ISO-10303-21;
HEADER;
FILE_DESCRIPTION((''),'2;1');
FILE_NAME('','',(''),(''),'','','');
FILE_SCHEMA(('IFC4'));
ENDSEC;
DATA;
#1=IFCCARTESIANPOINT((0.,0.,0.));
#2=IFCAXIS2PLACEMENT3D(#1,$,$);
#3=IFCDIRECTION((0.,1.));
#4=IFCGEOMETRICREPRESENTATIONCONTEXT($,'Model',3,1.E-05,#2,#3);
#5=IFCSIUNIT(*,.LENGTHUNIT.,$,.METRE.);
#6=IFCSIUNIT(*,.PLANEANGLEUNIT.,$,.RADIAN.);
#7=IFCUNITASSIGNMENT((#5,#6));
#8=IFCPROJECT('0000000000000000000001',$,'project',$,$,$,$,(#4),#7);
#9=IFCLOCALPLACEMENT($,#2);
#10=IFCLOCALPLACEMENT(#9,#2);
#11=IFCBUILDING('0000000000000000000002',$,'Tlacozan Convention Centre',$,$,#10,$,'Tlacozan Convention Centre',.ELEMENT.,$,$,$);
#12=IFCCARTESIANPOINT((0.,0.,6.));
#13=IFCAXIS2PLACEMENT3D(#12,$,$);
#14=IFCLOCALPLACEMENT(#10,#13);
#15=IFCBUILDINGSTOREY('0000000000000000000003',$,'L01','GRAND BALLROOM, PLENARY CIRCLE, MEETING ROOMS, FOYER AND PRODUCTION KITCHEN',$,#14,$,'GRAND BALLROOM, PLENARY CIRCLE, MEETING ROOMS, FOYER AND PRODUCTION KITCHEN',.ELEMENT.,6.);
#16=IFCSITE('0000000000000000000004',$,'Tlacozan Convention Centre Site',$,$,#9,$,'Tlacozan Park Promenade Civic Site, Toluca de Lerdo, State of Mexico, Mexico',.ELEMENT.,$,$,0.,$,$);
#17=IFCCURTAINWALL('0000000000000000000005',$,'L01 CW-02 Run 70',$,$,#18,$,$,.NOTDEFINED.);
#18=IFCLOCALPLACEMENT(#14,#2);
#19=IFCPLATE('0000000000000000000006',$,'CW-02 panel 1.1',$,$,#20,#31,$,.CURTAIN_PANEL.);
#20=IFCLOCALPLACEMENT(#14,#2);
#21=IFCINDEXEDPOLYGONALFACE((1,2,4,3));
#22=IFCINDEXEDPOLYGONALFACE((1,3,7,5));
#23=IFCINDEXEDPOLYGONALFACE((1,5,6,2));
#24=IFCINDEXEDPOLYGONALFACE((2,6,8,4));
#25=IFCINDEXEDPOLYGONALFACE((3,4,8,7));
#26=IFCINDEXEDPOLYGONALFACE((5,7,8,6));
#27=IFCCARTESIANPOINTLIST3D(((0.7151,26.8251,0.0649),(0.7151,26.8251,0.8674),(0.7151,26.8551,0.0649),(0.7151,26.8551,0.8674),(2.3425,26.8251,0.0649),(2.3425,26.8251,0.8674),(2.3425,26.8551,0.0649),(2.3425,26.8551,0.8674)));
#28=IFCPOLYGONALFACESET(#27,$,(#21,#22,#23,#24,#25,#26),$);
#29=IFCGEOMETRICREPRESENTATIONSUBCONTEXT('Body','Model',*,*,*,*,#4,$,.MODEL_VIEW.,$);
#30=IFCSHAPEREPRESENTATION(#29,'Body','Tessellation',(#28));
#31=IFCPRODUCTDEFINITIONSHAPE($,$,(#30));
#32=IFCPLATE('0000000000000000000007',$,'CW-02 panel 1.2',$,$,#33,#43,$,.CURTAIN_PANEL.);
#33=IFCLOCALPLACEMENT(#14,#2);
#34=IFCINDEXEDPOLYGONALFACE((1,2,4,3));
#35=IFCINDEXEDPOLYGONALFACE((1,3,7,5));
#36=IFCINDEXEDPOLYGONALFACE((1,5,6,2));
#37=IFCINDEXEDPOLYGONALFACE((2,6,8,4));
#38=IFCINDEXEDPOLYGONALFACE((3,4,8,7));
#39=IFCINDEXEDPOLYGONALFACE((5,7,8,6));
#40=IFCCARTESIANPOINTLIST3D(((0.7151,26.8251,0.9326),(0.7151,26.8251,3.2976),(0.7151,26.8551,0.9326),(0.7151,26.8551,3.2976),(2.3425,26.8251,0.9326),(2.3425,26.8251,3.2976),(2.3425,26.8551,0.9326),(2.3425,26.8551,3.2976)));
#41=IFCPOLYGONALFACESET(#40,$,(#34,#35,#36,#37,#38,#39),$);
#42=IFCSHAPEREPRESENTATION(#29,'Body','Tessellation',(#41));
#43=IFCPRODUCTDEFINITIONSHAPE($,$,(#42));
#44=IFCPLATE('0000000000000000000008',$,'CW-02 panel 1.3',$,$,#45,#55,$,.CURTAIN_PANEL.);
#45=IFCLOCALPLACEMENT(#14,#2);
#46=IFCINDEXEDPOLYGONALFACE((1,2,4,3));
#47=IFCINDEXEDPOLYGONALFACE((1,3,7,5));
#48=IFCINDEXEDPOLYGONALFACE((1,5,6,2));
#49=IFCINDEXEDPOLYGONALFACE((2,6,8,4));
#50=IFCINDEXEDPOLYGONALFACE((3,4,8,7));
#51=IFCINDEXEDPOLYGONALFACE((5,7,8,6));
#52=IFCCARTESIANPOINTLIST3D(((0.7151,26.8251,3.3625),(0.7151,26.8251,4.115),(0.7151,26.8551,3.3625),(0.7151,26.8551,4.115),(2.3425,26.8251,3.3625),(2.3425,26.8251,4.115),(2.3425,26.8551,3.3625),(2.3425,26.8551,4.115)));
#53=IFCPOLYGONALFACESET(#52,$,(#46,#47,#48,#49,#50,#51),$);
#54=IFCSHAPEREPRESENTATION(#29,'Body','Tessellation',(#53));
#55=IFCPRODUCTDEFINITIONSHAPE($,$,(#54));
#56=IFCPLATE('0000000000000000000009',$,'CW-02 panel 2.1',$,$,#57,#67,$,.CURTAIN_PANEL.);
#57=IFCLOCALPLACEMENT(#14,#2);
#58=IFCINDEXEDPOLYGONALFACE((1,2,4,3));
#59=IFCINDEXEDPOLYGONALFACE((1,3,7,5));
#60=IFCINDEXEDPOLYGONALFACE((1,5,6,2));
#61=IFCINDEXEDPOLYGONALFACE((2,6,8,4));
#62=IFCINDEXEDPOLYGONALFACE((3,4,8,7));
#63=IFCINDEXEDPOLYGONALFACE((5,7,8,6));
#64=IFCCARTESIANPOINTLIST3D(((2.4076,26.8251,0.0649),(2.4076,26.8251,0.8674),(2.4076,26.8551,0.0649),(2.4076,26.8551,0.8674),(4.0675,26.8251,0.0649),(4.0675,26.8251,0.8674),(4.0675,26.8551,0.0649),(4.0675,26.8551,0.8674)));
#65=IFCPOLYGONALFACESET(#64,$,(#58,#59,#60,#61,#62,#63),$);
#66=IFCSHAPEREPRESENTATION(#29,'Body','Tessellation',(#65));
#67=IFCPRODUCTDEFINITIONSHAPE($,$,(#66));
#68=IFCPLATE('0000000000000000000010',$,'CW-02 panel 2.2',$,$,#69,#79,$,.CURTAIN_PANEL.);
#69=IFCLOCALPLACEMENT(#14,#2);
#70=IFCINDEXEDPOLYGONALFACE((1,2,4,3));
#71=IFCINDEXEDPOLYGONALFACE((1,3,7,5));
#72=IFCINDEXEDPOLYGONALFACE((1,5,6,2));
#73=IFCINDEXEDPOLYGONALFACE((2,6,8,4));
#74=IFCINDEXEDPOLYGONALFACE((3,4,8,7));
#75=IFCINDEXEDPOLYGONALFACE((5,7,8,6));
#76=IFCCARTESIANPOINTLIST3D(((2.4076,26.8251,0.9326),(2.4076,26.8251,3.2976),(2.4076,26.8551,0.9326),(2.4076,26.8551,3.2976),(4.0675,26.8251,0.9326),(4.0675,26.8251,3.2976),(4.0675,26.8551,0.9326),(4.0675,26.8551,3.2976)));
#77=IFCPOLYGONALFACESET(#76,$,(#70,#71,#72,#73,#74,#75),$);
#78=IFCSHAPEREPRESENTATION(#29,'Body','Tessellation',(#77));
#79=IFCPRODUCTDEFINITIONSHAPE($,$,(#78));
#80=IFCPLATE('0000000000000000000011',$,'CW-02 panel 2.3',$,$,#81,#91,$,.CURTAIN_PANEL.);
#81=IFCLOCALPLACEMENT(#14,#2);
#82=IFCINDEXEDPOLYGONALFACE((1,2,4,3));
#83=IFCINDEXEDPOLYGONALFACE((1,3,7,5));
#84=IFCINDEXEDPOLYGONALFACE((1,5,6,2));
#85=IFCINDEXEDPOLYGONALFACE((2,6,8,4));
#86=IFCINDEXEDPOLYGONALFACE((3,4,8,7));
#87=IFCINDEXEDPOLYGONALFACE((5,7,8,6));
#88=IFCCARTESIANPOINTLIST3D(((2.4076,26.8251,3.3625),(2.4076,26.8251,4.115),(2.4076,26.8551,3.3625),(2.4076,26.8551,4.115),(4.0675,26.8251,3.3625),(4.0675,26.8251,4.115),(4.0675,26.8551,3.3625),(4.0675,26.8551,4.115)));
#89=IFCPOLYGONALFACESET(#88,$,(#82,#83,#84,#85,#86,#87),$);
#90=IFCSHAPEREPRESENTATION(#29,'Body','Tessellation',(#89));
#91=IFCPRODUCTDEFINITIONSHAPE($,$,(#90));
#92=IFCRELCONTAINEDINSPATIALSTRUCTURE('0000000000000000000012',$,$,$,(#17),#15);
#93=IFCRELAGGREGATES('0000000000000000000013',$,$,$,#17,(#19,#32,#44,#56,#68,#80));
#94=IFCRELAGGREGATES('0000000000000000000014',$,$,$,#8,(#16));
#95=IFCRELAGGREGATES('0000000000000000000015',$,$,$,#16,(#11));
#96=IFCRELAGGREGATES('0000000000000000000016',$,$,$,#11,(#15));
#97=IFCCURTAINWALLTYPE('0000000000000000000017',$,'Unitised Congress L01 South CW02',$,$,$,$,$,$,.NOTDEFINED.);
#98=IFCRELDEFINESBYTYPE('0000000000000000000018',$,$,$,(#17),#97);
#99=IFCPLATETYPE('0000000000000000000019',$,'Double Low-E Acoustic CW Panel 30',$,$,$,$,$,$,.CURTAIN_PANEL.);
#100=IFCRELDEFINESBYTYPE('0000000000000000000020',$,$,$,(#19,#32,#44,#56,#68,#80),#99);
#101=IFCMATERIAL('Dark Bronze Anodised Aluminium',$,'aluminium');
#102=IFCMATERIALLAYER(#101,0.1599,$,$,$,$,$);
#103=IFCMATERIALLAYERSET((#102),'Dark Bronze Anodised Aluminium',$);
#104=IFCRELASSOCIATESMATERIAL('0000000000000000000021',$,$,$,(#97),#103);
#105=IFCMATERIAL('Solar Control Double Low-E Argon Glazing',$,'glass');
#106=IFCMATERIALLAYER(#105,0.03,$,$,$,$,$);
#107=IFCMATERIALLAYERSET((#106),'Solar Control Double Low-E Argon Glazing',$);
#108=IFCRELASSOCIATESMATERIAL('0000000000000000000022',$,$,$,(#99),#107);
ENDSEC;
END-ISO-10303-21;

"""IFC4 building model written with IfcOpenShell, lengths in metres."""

from ifc_helpers import new_model, si_unit, direction, frame, origin, origin_2d, place, context, subcontext, project, spatial, rectangle, extrude, material, layer, layer_set, type_object, element, aggregate, save


model = new_model("IFC4")

# Units and contexts
model_context = context("Model", 3, precision=1e-05, world=origin(), true_north=direction((0.0, 1.0)))
body_context = subcontext(model_context, "Body", "Model", "MODEL_VIEW")
ifc_project = project(units=[si_unit("LENGTHUNIT", "METRE"), si_unit("PLANEANGLEUNIT", "RADIAN")], contexts=[model_context])

# Site, building, storey
site_placement = place(None, origin())
site = spatial("IfcSite", under=ifc_project, at=site_placement, Name="Tlacozan Convention Centre Site", LongName="Tlacozan Park Promenade Civic Site, Toluca de Lerdo, State of Mexico, Mexico", CompositionType="ELEMENT", RefElevation=0.0)
building_placement = place(site_placement, origin())
building = spatial("IfcBuilding", under=site, at=building_placement, Name="Tlacozan Convention Centre", LongName="Tlacozan Convention Centre", CompositionType="ELEMENT")
storey_placement = place(building_placement, frame((0.0, 0.0, 6.0)))
storey = spatial("IfcBuildingStorey", under=building, at=storey_placement, Name="L01", Description="GRAND BALLROOM, PLENARY CIRCLE, MEETING ROOMS, FOYER AND PRODUCTION KITCHEN", LongName="GRAND BALLROOM, PLENARY CIRCLE, MEETING ROOMS, FOYER AND PRODUCTION KITCHEN", CompositionType="ELEMENT", Elevation=6.0)

# Shared definitions
ifc_material_1 = material(Name="Dark Bronze Anodised Aluminium", Category="aluminium")

# Curtain wall, plates
ifc_layer_1 = layer(ifc_material_1, 0.1599)
ifc_layer_set_1 = layer_set([ifc_layer_1], Name="Dark Bronze Anodised Aluminium")
curtain_wall_type_1 = type_object("IfcCurtainWallType", Name="Unitised Congress L01 South CW02", PredefinedType="NOTDEFINED", material=ifc_layer_set_1)
curtain_wall_1_placement = place(storey_placement, origin())
curtain_wall_1 = element("IfcCurtainWall", 1, at=curtain_wall_1_placement, inside=storey, type_object=curtain_wall_type_1, Name="L01 CW-02 Run 70", PredefinedType="NOTDEFINED")
ifc_material_2 = material(Name="Solar Control Double Low-E Argon Glazing", Category="glass")
ifc_layer_2 = layer(ifc_material_2, 0.03)
ifc_layer_set_2 = layer_set([ifc_layer_2], Name="Solar Control Double Low-E Argon Glazing")
plate_type = type_object("IfcPlateType", Name="Double Low-E Acoustic CW Panel 30", PredefinedType="CURTAIN_PANEL", material=ifc_layer_set_2)
plate_1_placement = place(storey_placement, frame((1.5288, 26.8401, 0.0649), z_axis=(0.0, 0.0, 1.0), x_axis=(1.0, 0.0, 0.0)))
plate_1 = element("IfcPlate", 2, at=plate_1_placement, type_object=plate_type, Name="CW-02 panel 1.1", PredefinedType="CURTAIN_PANEL", context=body_context, shape_type="SweptSolid", body=[
    extrude(rectangle(XDim=1.6274, YDim=0.03, at=origin_2d()), origin(), (0.0, 0.0, 1.0), 0.8025),
])
plate_2_placement = place(storey_placement, frame((1.5288, 26.8401, 0.9326), z_axis=(0.0, 0.0, 1.0), x_axis=(1.0, 0.0, 0.0)))
plate_2 = element("IfcPlate", 3, at=plate_2_placement, type_object=plate_type, Name="CW-02 panel 1.2", PredefinedType="CURTAIN_PANEL", context=body_context, shape_type="SweptSolid", body=[
    extrude(rectangle(XDim=1.6274, YDim=0.03, at=origin_2d()), origin(), (0.0, 0.0, 1.0), 2.365),
])
plate_3_placement = place(storey_placement, frame((1.5288, 26.8401, 3.3625), z_axis=(0.0, 0.0, 1.0), x_axis=(1.0, 0.0, 0.0)))
plate_3 = element("IfcPlate", 4, at=plate_3_placement, type_object=plate_type, Name="CW-02 panel 1.3", PredefinedType="CURTAIN_PANEL", context=body_context, shape_type="SweptSolid", body=[
    extrude(rectangle(XDim=1.6274, YDim=0.03, at=origin_2d()), origin(), (0.0, 0.0, 1.0), 0.7524),
])
plate_4_placement = place(storey_placement, frame((3.2375, 26.8401, 0.0649), z_axis=(0.0, 0.0, 1.0), x_axis=(1.0, 0.0, 0.0)))
plate_4 = element("IfcPlate", 5, at=plate_4_placement, type_object=plate_type, Name="CW-02 panel 2.1", PredefinedType="CURTAIN_PANEL", context=body_context, shape_type="SweptSolid", body=[
    extrude(rectangle(XDim=1.6599, YDim=0.03, at=origin_2d()), origin(), (0.0, 0.0, 1.0), 0.8025),
])
plate_5_placement = place(storey_placement, frame((3.2375, 26.8401, 0.9326), z_axis=(0.0, 0.0, 1.0), x_axis=(1.0, 0.0, 0.0)))
plate_5 = element("IfcPlate", 6, at=plate_5_placement, type_object=plate_type, Name="CW-02 panel 2.2", PredefinedType="CURTAIN_PANEL", context=body_context, shape_type="SweptSolid", body=[
    extrude(rectangle(XDim=1.6599, YDim=0.03, at=origin_2d()), origin(), (0.0, 0.0, 1.0), 2.365),
])
plate_6_placement = place(storey_placement, frame((3.2375, 26.8401, 3.3625), z_axis=(0.0, 0.0, 1.0), x_axis=(1.0, 0.0, 0.0)))
plate_6 = element("IfcPlate", 7, at=plate_6_placement, type_object=plate_type, Name="CW-02 panel 2.3", PredefinedType="CURTAIN_PANEL", context=body_context, shape_type="SweptSolid", body=[
    extrude(rectangle(XDim=1.6599, YDim=0.03, at=origin_2d()), origin(), (0.0, 0.0, 1.0), 0.7524),
])
aggregate(curtain_wall_1, [plate_1, plate_2, plate_3, plate_4, plate_5, plate_6])

save(model, "model.ifc")
